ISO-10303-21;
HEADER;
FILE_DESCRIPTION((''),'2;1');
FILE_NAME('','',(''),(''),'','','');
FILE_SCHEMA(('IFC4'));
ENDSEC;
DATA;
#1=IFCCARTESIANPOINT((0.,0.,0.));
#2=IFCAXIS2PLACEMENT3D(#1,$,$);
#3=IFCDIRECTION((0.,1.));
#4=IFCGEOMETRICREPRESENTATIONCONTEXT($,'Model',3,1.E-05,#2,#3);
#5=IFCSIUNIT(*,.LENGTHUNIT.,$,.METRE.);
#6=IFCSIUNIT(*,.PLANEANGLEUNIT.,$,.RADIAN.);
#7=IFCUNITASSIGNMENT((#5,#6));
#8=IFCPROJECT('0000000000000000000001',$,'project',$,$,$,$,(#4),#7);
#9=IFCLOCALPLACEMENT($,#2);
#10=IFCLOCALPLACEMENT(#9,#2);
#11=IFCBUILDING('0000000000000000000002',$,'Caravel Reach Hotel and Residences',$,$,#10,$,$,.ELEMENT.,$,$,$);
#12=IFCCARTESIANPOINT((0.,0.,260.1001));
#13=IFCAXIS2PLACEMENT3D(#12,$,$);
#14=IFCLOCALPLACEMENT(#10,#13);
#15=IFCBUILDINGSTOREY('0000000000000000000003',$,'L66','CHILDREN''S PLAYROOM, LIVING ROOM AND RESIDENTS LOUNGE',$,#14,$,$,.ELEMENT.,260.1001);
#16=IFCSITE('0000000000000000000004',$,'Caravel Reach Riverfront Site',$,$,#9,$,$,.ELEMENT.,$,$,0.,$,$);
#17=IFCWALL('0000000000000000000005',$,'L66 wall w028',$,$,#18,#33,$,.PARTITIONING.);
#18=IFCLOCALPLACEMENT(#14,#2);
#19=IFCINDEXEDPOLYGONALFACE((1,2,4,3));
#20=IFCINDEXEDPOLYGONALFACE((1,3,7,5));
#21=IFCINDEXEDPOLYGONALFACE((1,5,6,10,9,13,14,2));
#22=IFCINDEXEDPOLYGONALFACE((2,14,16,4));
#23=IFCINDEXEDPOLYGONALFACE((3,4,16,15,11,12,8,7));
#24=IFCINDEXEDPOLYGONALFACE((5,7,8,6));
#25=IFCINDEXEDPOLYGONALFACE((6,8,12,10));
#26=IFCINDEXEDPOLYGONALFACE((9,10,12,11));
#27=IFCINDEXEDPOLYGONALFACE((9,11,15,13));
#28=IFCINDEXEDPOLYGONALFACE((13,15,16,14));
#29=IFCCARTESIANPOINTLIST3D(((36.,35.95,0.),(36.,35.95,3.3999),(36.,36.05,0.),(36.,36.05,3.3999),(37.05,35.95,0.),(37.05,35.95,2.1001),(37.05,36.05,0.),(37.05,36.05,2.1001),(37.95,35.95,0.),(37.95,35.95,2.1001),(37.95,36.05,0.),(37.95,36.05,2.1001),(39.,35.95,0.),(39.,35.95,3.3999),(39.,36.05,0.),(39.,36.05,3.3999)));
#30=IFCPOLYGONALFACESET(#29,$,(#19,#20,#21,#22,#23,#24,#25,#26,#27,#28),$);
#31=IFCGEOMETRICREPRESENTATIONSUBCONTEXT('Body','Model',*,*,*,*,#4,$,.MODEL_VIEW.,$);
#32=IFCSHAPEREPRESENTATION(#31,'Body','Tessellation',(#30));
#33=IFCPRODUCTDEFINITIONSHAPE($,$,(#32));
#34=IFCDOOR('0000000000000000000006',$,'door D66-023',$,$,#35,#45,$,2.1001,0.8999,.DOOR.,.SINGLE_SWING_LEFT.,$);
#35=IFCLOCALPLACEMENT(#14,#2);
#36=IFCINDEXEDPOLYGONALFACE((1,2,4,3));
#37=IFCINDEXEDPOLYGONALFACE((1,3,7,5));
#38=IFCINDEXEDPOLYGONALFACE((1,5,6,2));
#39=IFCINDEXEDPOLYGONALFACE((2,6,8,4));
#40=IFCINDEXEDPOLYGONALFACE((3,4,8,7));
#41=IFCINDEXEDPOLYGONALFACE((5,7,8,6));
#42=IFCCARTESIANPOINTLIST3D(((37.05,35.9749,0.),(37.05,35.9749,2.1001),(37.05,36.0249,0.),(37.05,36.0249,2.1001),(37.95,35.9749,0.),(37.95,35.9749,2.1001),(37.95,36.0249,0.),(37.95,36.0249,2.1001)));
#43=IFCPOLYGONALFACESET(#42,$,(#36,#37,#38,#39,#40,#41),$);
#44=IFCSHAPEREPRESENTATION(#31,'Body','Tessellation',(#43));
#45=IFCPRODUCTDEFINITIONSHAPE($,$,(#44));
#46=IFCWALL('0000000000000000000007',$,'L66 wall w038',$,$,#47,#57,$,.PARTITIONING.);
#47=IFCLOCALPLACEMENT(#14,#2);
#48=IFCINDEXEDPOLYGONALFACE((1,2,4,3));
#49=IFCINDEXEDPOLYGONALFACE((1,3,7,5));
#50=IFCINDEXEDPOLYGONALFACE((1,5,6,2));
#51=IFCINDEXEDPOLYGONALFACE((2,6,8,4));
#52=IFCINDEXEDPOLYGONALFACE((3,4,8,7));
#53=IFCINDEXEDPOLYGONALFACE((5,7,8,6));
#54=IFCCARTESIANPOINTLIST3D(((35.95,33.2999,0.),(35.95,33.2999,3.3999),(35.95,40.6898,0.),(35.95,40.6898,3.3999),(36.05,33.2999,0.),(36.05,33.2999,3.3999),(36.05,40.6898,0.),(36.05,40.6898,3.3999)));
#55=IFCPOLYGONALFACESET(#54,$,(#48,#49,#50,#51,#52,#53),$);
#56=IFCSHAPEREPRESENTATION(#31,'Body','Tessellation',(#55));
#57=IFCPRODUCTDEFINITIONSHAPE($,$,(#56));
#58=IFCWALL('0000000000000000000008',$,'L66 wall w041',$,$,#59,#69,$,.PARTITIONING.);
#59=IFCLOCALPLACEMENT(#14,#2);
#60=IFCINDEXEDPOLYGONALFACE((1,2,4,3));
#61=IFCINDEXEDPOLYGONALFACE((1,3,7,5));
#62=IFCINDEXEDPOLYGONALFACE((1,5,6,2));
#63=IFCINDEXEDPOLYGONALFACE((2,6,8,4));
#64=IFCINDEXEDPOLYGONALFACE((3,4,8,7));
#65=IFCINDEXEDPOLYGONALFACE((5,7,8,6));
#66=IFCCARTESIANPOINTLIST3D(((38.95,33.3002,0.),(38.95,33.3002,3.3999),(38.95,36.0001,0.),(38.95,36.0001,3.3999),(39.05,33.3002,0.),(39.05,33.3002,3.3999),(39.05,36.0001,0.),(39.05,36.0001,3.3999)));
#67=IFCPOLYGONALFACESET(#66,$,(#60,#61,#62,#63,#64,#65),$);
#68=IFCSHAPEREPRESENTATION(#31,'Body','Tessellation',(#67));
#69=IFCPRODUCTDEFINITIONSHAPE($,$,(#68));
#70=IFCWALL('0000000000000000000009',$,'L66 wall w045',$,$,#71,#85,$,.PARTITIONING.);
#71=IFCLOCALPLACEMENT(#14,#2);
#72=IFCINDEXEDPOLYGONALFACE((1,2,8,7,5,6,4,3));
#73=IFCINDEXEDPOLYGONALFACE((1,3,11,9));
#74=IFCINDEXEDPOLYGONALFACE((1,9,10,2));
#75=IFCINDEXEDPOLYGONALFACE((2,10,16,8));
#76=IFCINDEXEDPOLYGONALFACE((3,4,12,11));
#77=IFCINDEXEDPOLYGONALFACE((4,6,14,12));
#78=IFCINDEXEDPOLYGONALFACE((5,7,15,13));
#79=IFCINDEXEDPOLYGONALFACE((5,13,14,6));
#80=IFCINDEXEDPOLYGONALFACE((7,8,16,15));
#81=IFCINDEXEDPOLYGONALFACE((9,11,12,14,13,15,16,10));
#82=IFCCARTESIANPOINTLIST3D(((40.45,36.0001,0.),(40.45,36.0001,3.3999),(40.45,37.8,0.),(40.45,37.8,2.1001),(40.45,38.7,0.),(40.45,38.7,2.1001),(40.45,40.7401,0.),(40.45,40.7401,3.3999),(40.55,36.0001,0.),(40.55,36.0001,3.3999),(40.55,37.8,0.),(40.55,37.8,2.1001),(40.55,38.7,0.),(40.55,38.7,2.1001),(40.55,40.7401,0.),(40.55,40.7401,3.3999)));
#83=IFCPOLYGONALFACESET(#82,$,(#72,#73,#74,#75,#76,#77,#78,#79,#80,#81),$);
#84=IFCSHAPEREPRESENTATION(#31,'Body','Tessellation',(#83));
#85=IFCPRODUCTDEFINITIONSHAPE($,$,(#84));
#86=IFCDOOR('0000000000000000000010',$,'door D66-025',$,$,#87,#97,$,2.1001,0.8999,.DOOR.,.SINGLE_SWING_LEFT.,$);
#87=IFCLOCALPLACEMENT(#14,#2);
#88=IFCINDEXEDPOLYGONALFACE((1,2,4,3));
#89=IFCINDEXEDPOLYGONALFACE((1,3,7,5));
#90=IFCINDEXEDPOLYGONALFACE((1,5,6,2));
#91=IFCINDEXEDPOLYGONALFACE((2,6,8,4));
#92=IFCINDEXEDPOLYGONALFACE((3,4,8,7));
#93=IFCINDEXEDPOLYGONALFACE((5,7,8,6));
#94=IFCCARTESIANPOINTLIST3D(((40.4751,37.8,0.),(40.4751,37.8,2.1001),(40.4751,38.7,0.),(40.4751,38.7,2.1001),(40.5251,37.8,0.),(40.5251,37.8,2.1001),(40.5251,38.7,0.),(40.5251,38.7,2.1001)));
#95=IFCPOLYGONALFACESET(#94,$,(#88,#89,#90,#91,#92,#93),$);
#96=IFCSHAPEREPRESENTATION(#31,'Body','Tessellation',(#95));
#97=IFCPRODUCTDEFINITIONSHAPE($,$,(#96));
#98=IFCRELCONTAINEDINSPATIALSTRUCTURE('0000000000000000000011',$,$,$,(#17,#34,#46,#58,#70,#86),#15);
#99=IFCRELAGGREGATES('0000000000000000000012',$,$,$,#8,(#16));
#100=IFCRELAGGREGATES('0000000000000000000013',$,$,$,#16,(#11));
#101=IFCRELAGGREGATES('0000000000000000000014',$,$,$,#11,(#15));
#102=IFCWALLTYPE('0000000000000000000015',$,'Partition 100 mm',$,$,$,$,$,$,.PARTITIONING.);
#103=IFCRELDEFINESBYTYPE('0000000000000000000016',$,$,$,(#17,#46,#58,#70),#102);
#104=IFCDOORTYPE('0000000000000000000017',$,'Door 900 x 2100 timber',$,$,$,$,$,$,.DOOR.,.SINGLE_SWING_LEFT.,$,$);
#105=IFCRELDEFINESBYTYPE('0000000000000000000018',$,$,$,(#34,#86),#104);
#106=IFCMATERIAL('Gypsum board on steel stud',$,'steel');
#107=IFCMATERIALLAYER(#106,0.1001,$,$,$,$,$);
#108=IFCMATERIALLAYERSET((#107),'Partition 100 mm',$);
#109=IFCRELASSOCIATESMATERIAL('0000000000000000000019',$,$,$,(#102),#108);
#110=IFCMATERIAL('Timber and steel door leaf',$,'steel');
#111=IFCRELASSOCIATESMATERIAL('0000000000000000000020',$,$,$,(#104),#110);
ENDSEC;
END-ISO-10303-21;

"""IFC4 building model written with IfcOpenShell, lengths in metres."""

from ifc_helpers import new_model, si_unit, direction, frame, frame_2d, origin, place, context, subcontext, project, spatial, rectangle, extrude, material, layer, layer_set, type_object, element, fill, save


model = new_model("IFC4")

# Units and contexts
model_context = context("Model", 3, precision=1e-05, world=origin(), true_north=direction((0.0, 1.0)))
body_context = subcontext(model_context, "Body", "Model", "MODEL_VIEW")
ifc_project = project(units=[si_unit("LENGTHUNIT", "METRE"), si_unit("PLANEANGLEUNIT", "RADIAN")], contexts=[model_context])

# Site, building, storey
site_placement = place(None, origin())
site = spatial("IfcSite", under=ifc_project, at=site_placement, Name="Caravel Reach Riverfront Site", CompositionType="ELEMENT", RefElevation=0.0)
building_placement = place(site_placement, origin())
building = spatial("IfcBuilding", under=site, at=building_placement, Name="Caravel Reach Hotel and Residences", CompositionType="ELEMENT")
storey_placement = place(building_placement, frame((0.0, 0.0, 260.1001)))
storey = spatial("IfcBuildingStorey", under=building, at=storey_placement, Name="L66", Description="CHILDREN'S PLAYROOM, LIVING ROOM AND RESIDENTS LOUNGE", CompositionType="ELEMENT", Elevation=260.1001)

# Shared definitions
ifc_material_1 = material(Name="Gypsum board on steel stud", Category="steel")
ifc_layer_1 = layer(ifc_material_1, 0.1001)
ifc_layer_set_1 = layer_set([ifc_layer_1], Name="Partition 100 mm")
wall_type_1 = type_object("IfcWallType", Name="Partition 100 mm", PredefinedType="PARTITIONING", material=ifc_layer_set_1)

# Wall, opening, door
wall_1_placement = place(storey_placement, frame((36.0, 36.0, 0.0), z_axis=(0.0, 0.0, 1.0), x_axis=(1.0, 0.0, 0.0)))
wall_1 = element("IfcWall", 1, at=wall_1_placement, inside=storey, type_object=wall_type_1, Name="L66 wall w028", PredefinedType="PARTITIONING", context=body_context, shape_type="SweptSolid", body=[
    extrude(rectangle(XDim=3.0, YDim=0.1001, at=frame_2d((1.5, 0.0))), origin(), (0.0, 0.0, 1.0), 3.3999),
])
opening_1_placement = place(wall_1_placement, frame((1.05, 0.0, 0.0)))
opening_1 = element("IfcOpeningElement", 2, at=opening_1_placement, cuts=wall_1, PredefinedType="OPENING", context=body_context, shape_type="SweptSolid", body=[
    extrude(rectangle(XDim=0.8999, YDim=2.1001, at=frame_2d((0.45, 1.05))), frame((0.0, 0.0601, 0.0), z_axis=(0.0, -1.0, 0.0), x_axis=(1.0, 0.0, 0.0)), (0.0, 0.0, 1.0), 0.1201),
])
ifc_material_2 = material(Name="Timber and steel door leaf", Category="steel")
door_type = type_object("IfcDoorType", Name="Door 900 x 2100 timber", OperationType="SINGLE_SWING_LEFT", PredefinedType="DOOR", material=ifc_material_2)
door_1_placement = place(opening_1_placement, origin())
door_1 = element("IfcDoor", 3, at=door_1_placement, inside=storey, type_object=door_type, Name="door D66-023", OperationType="SINGLE_SWING_LEFT", OverallHeight=2.1001, OverallWidth=0.8999, PredefinedType="DOOR", context=body_context, shape_type="SweptSolid", body=[
    extrude(rectangle(XDim=0.8999, YDim=2.1001, at=frame_2d((0.45, 1.05))), frame((0.0, 0.0249, 0.0), z_axis=(0.0, -1.0, 0.0), x_axis=(1.0, 0.0, 0.0)), (0.0, 0.0, 1.0), 0.05),
])
fill(opening_1, door_1)

# Walls
wall_2_placement = place(storey_placement, frame((36.0, 33.3, 0.0), z_axis=(0.0, 0.0, 1.0), x_axis=(0.0, 1.0, 0.0)))
element("IfcWall", 4, at=wall_2_placement, inside=storey, type_object=wall_type_1, Name="L66 wall w038", PredefinedType="PARTITIONING", context=body_context, shape_type="SweptSolid", body=[
    extrude(rectangle(XDim=7.3899, YDim=0.1001, at=frame_2d((3.6948, 0.0))), origin(), (0.0, 0.0, 1.0), 3.3999),
])
wall_3_placement = place(storey_placement, frame((39.0, 33.3, 0.0), z_axis=(0.0, 0.0, 1.0), x_axis=(0.0, 1.0, 0.0)))
element("IfcWall", 5, at=wall_3_placement, inside=storey, type_object=wall_type_1, Name="L66 wall w041", PredefinedType="PARTITIONING", context=body_context, shape_type="SweptSolid", body=[
    extrude(rectangle(XDim=2.7, YDim=0.1001, at=frame_2d((1.3501, 0.0))), origin(), (0.0, 0.0, 1.0), 3.3999),
])

# Wall, opening, door
wall_4_placement = place(storey_placement, frame((40.5, 36.0, 0.0), z_axis=(0.0, 0.0, 1.0), x_axis=(0.0, 1.0, 0.0)))
wall_4 = element("IfcWall", 6, at=wall_4_placement, inside=storey, type_object=wall_type_1, Name="L66 wall w045", PredefinedType="PARTITIONING", context=body_context, shape_type="SweptSolid", body=[
    extrude(rectangle(XDim=4.74, YDim=0.1001, at=frame_2d((2.3701, 0.0))), origin(), (0.0, 0.0, 1.0), 3.3999),
])
opening_2_placement = place(wall_4_placement, frame((1.8, 0.0, 0.0)))
opening_2 = element("IfcOpeningElement", 7, at=opening_2_placement, cuts=wall_4, PredefinedType="OPENING", context=body_context, shape_type="SweptSolid", body=[
    extrude(rectangle(XDim=0.8999, YDim=2.1001, at=frame_2d((0.45, 1.05))), frame((0.0, 0.0601, 0.0), z_axis=(0.0, -1.0, 0.0), x_axis=(1.0, 0.0, 0.0)), (0.0, 0.0, 1.0), 0.1201),
])
door_2_placement = place(opening_2_placement, origin())
door_2 = element("IfcDoor", 8, at=door_2_placement, inside=storey, type_object=door_type, Name="door D66-025", OperationType="SINGLE_SWING_LEFT", OverallHeight=2.1001, OverallWidth=0.8999, PredefinedType="DOOR", context=body_context, shape_type="SweptSolid", body=[
    extrude(rectangle(XDim=0.8999, YDim=2.1001, at=frame_2d((0.45, 1.05))), frame((0.0, 0.0249, 0.0), z_axis=(0.0, -1.0, 0.0), x_axis=(1.0, 0.0, 0.0)), (0.0, 0.0, 1.0), 0.05),
])
fill(opening_2, door_2)

save(model, "model.ifc")
